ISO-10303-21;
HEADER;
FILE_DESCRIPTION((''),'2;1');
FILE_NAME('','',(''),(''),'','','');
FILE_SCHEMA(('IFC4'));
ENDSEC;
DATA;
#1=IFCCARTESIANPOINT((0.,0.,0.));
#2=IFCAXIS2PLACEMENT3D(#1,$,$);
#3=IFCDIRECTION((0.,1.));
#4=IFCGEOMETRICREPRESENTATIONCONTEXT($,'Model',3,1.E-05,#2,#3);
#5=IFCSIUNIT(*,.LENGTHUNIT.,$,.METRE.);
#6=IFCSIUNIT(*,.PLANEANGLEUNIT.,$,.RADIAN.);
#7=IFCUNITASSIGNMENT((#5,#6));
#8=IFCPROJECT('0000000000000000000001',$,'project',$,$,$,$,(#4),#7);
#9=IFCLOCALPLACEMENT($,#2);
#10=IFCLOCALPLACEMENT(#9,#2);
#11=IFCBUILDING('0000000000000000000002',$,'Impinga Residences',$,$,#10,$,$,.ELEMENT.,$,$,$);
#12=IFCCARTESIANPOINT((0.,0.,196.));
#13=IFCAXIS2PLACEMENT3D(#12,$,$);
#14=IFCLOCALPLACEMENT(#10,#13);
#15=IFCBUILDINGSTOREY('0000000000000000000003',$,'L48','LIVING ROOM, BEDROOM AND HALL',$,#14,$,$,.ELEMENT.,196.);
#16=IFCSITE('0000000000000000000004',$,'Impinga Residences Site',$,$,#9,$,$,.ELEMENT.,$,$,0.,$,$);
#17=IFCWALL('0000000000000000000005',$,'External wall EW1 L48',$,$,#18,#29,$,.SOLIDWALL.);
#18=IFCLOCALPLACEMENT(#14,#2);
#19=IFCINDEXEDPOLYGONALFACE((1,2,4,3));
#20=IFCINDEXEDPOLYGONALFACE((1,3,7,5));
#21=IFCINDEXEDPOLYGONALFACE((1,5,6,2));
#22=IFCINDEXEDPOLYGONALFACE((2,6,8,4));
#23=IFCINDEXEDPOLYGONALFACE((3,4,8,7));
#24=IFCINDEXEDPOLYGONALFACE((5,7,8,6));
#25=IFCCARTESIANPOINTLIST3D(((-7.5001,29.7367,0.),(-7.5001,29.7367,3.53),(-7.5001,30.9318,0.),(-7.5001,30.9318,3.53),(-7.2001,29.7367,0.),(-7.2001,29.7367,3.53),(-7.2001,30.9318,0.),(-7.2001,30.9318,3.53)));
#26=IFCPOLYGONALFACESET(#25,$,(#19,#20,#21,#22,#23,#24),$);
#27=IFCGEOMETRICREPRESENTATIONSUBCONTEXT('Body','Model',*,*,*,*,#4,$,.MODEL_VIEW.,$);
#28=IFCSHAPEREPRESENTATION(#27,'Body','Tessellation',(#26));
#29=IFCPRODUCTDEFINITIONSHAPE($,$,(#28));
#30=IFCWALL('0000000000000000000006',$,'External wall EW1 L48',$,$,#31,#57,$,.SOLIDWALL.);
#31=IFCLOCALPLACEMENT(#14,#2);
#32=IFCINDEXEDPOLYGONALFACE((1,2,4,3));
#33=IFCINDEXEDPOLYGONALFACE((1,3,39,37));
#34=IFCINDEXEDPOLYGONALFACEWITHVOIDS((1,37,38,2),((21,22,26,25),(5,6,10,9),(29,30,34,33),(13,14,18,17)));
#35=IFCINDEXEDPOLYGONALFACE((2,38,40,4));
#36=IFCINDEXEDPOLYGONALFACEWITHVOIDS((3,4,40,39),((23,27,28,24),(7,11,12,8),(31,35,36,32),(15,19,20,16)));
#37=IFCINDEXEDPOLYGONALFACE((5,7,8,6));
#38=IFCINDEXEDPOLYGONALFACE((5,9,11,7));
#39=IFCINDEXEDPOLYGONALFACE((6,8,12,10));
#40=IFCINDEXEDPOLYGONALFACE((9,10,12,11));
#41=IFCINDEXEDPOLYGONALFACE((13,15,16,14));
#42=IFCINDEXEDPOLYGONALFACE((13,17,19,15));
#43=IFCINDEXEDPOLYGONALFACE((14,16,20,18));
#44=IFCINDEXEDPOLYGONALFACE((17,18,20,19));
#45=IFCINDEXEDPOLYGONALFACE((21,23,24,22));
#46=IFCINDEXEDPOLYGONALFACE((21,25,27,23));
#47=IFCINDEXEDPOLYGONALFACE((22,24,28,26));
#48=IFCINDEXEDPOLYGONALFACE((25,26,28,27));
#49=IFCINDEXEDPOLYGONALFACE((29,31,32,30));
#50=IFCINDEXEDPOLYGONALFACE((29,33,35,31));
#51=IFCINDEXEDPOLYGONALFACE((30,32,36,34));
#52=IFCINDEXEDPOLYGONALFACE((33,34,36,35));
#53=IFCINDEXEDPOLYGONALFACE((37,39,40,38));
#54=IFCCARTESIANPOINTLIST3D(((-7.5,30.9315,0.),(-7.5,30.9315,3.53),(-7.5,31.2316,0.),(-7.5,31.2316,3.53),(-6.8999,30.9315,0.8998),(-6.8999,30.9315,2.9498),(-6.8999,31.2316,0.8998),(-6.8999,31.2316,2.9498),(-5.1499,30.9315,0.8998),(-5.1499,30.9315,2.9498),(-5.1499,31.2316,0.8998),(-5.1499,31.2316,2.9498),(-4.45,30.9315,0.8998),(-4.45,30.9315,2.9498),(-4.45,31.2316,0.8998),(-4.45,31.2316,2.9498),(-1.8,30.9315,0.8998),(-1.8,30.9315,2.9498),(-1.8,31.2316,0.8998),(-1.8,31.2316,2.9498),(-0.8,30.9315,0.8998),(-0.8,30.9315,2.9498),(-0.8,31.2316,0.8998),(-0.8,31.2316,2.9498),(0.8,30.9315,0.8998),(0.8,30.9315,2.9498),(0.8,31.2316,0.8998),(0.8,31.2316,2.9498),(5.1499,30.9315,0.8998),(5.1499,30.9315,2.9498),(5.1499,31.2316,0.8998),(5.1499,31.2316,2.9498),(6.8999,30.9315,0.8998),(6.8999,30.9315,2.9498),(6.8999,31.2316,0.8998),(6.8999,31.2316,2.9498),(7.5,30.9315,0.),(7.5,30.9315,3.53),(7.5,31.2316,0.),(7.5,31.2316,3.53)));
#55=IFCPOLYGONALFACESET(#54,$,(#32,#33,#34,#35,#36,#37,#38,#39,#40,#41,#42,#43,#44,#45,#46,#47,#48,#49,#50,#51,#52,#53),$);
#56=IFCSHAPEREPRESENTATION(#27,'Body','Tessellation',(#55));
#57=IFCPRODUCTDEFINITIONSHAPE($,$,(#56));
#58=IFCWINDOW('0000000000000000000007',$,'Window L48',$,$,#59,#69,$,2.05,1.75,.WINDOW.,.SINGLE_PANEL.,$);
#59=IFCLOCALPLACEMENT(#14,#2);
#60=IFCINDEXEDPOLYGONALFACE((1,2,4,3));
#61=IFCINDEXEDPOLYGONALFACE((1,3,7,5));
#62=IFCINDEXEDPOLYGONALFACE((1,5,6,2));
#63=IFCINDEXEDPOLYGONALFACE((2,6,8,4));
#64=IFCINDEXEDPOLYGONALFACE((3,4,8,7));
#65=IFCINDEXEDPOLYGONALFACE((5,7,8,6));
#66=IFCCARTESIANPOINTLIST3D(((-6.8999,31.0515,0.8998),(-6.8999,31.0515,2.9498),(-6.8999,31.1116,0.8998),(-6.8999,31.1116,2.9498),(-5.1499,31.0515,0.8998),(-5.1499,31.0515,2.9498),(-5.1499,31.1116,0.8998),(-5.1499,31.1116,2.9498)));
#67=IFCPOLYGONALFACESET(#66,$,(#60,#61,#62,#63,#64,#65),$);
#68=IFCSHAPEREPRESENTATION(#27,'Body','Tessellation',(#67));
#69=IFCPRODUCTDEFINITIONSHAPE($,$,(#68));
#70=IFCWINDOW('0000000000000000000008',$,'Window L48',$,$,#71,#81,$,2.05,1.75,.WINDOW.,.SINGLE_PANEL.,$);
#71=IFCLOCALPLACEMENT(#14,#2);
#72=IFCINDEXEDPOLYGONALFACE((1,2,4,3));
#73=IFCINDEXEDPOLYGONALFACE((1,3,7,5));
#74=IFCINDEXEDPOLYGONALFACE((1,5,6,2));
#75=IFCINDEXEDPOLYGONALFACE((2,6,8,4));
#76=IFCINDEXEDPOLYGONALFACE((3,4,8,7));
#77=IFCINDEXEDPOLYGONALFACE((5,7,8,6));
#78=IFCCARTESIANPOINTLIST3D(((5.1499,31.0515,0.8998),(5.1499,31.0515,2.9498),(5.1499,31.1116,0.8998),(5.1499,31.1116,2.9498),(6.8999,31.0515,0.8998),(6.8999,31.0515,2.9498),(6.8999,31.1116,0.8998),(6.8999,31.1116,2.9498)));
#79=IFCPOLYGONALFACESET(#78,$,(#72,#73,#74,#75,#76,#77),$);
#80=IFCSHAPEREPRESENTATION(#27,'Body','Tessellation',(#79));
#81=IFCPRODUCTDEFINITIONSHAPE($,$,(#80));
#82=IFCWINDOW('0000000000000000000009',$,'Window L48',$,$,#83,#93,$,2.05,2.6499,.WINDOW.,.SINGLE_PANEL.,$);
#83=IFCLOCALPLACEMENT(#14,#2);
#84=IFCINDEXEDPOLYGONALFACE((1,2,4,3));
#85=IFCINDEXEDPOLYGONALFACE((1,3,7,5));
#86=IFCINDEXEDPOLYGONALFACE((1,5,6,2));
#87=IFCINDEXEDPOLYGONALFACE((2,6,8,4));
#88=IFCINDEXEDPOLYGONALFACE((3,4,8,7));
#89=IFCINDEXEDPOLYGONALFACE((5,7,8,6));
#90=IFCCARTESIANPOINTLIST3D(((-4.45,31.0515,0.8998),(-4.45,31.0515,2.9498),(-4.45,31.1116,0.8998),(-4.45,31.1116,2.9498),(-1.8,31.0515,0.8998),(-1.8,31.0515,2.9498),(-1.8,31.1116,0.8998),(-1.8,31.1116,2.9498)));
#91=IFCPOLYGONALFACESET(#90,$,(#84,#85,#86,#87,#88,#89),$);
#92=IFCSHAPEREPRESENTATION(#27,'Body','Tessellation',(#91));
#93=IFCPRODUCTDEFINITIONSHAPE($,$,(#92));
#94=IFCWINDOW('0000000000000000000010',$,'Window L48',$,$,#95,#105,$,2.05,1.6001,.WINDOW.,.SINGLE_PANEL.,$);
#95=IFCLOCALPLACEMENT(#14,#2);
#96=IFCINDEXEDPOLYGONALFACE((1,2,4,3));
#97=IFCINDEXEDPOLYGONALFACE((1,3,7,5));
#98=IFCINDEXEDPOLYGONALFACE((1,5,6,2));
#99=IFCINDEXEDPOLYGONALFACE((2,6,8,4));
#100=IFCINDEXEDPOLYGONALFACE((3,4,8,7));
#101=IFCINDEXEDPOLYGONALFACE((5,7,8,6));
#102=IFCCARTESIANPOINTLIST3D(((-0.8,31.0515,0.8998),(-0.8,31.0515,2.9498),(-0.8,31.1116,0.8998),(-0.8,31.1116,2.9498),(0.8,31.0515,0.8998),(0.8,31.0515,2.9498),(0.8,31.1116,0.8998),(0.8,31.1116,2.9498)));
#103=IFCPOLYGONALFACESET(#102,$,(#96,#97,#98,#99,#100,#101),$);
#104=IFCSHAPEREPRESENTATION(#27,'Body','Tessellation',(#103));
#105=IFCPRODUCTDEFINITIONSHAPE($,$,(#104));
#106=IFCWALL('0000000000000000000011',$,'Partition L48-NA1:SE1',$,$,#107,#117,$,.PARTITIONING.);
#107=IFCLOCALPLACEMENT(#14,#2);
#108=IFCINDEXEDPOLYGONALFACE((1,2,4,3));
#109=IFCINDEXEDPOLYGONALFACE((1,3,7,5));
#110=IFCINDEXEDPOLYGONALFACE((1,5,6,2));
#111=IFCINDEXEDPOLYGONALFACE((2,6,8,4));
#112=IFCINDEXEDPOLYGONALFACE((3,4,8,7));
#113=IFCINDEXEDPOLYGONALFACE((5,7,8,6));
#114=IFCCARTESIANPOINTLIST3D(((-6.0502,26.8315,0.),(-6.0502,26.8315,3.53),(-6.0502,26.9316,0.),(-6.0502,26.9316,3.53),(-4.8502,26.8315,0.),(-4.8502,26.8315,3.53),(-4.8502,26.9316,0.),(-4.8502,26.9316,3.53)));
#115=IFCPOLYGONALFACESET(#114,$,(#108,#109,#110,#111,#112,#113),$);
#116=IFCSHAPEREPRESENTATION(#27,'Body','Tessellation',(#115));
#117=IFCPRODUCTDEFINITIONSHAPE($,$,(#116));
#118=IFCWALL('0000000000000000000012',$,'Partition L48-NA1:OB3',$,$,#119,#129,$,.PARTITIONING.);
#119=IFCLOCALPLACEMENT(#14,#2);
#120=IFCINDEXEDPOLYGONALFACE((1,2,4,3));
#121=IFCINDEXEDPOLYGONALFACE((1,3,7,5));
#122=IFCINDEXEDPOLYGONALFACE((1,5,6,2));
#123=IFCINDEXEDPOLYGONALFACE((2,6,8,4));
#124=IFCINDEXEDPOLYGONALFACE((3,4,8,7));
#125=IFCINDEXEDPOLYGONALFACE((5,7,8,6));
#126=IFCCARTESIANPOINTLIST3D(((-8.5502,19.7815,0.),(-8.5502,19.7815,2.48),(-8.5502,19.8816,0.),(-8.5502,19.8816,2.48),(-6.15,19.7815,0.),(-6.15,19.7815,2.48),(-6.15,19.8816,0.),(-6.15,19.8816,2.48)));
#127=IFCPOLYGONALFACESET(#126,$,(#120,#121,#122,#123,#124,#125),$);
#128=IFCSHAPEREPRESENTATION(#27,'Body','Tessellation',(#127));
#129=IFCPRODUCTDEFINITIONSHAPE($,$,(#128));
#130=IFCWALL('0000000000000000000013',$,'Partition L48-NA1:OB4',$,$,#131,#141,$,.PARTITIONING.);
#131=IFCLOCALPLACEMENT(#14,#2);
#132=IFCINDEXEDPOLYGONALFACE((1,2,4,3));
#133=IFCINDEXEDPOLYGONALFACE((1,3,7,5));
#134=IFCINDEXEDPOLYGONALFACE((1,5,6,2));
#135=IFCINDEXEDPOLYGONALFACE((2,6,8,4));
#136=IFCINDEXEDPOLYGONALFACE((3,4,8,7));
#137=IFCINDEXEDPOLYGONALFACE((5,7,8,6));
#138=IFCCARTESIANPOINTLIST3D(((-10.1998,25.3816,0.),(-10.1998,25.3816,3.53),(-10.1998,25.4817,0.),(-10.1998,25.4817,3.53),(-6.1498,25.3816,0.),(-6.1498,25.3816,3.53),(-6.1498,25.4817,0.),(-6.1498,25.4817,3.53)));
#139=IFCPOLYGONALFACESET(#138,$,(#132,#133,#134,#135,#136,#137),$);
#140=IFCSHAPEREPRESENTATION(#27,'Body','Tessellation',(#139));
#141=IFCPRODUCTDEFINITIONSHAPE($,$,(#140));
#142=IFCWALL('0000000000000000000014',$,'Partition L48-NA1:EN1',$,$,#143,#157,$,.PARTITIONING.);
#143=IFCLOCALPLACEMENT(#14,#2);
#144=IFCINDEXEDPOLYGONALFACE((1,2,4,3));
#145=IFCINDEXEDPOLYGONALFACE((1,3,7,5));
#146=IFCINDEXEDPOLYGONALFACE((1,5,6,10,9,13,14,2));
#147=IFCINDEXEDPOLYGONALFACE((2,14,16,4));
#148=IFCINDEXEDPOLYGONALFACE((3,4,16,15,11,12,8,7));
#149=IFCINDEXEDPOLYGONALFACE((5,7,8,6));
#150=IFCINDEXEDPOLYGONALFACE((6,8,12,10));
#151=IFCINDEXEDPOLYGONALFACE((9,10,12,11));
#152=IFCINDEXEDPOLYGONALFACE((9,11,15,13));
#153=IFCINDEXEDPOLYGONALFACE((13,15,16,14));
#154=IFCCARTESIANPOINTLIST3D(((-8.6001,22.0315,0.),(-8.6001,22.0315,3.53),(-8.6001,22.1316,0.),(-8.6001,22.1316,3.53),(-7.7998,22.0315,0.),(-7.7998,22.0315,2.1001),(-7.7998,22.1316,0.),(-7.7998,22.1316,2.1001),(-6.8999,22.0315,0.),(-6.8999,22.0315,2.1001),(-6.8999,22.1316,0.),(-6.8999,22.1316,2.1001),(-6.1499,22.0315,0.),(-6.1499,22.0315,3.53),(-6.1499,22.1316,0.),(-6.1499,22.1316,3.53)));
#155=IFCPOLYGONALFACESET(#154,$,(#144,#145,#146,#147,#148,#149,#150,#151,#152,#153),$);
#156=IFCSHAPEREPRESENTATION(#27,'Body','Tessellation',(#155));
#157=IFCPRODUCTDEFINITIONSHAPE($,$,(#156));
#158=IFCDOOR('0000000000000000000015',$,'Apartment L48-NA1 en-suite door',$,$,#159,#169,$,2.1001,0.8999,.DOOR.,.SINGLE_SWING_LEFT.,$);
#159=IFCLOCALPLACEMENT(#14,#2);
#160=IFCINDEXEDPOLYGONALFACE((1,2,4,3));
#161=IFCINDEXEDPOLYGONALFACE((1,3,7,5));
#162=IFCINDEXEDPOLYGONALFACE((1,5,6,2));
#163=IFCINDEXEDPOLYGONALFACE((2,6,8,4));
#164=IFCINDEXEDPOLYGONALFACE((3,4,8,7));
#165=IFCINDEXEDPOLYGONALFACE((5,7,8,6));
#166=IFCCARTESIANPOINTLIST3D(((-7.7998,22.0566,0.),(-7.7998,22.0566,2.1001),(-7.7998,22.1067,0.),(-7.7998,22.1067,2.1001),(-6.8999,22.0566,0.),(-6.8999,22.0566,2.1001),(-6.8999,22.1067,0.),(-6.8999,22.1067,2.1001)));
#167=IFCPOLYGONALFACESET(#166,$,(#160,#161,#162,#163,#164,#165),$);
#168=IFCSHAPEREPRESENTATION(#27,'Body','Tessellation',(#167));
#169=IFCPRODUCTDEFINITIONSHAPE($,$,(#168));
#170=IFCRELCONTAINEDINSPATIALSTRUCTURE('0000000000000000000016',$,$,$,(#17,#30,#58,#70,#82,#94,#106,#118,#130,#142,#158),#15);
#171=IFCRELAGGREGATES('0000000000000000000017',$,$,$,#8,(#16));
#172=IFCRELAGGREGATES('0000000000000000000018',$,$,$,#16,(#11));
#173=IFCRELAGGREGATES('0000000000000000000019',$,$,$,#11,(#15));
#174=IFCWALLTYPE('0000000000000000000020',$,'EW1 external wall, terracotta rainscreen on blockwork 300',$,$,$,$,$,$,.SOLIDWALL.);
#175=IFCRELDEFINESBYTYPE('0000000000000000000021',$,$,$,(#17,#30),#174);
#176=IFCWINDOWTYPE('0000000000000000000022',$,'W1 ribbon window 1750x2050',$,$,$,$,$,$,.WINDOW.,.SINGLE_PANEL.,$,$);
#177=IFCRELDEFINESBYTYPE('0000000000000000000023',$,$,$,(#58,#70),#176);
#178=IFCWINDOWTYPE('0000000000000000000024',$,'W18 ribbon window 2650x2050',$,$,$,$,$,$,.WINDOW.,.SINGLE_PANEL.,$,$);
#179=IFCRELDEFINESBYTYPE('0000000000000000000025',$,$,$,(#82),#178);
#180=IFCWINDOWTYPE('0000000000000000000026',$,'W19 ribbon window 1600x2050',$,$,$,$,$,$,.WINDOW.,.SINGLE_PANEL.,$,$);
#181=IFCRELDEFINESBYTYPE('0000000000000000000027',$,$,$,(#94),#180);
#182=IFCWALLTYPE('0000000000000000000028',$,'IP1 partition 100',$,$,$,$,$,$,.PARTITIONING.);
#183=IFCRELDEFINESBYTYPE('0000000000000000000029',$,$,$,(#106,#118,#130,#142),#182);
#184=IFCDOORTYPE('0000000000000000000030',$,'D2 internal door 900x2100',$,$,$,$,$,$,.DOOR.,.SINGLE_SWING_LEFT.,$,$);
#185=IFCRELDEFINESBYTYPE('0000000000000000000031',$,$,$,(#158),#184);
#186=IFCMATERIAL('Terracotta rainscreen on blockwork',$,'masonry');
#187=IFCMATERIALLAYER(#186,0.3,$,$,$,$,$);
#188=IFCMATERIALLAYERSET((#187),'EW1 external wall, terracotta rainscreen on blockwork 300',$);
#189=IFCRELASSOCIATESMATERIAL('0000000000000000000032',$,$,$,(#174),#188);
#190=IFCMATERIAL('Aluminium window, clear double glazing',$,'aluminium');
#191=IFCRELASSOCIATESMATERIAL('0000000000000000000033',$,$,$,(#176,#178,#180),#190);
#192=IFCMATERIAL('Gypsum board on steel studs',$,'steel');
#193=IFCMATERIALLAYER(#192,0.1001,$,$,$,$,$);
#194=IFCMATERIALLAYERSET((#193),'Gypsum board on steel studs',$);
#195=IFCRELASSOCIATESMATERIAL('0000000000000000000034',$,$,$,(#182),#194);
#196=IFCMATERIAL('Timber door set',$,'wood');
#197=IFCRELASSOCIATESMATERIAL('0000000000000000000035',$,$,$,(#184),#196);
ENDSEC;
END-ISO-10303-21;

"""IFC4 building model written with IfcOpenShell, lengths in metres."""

from ifc_helpers import new_model, si_unit, direction, frame, frame_2d, origin, place, context, subcontext, project, spatial, rectangle, extrude, material, layer, layer_set, type_object, element, fill, save


model = new_model("IFC4")

# Units and contexts
model_context = context("Model", 3, precision=1e-05, world=origin(), true_north=direction((0.0, 1.0)))
body_context = subcontext(model_context, "Body", "Model", "MODEL_VIEW")
ifc_project = project(units=[si_unit("LENGTHUNIT", "METRE"), si_unit("PLANEANGLEUNIT", "RADIAN")], contexts=[model_context])

# Site, building, storey
site_placement = place(None, origin())
site = spatial("IfcSite", under=ifc_project, at=site_placement, Name="Impinga Residences Site", CompositionType="ELEMENT", RefElevation=0.0)
building_placement = place(site_placement, origin())
building = spatial("IfcBuilding", under=site, at=building_placement, Name="Impinga Residences", CompositionType="ELEMENT")
storey_placement = place(building_placement, frame((0.0, 0.0, 196.0)))
storey = spatial("IfcBuildingStorey", under=building, at=storey_placement, Name="L48", Description="LIVING ROOM, BEDROOM AND HALL", CompositionType="ELEMENT", Elevation=196.0)

# Shared definitions
ifc_material_1 = material(Name="Timber door set", Category="wood")

# Wall
ifc_material_2 = material(Name="Terracotta rainscreen on blockwork", Category="masonry")
ifc_layer_1 = layer(ifc_material_2, 0.3)
ifc_layer_set_1 = layer_set([ifc_layer_1], Name="EW1 external wall, terracotta rainscreen on blockwork 300")
wall_type_1 = type_object("IfcWallType", Name="EW1 external wall, terracotta rainscreen on blockwork 300", PredefinedType="SOLIDWALL", material=ifc_layer_set_1)
wall_1_placement = place(storey_placement, frame((-7.3501, 29.7366, 0.0), z_axis=(0.0, 0.0, 1.0), x_axis=(0.0, 1.0, 0.0)))
element("IfcWall", 1, at=wall_1_placement, inside=storey, type_object=wall_type_1, Name="External wall EW1 L48", PredefinedType="SOLIDWALL", context=body_context, shape_type="SweptSolid", body=[
    extrude(rectangle(XDim=1.1951, YDim=0.3, at=frame_2d((0.5977, 0.0))), origin(), (0.0, 0.0, 1.0), 3.53),
])

# Wall, openings, windows
wall_2_placement = place(storey_placement, frame((-7.5, 31.0815, 0.0), z_axis=(0.0, 0.0, 1.0), x_axis=(1.0, 0.0, 0.0)))
wall_2 = element("IfcWall", 2, at=wall_2_placement, inside=storey, type_object=wall_type_1, Name="External wall EW1 L48", PredefinedType="SOLIDWALL", context=body_context, shape_type="SweptSolid", body=[
    extrude(rectangle(XDim=15.0, YDim=0.3, at=frame_2d((7.5, 0.0))), origin(), (0.0, 0.0, 1.0), 3.53),
])
opening_1_placement = place(wall_2_placement, frame((0.6001, 0.0, 0.8999)))
opening_1 = element("IfcOpeningElement", 3, at=opening_1_placement, cuts=wall_2, PredefinedType="OPENING", context=body_context, shape_type="SweptSolid", body=[
    extrude(rectangle(XDim=1.75, YDim=2.05, at=frame_2d((0.875, 1.0249))), frame((0.0, 0.1599, 0.0), z_axis=(0.0, -1.0, 0.0), x_axis=(1.0, 0.0, 0.0)), (0.0, 0.0, 1.0), 0.3201),
])
opening_2_placement = place(wall_2_placement, frame((3.05, 0.0, 0.8999)))
opening_2 = element("IfcOpeningElement", 4, at=opening_2_placement, cuts=wall_2, PredefinedType="OPENING", context=body_context, shape_type="SweptSolid", body=[
    extrude(rectangle(XDim=2.6499, YDim=2.05, at=frame_2d((1.325, 1.0249))), frame((0.0, 0.1599, 0.0), z_axis=(0.0, -1.0, 0.0), x_axis=(1.0, 0.0, 0.0)), (0.0, 0.0, 1.0), 0.3201),
])
opening_3_placement = place(wall_2_placement, frame((6.7, 0.0, 0.8999)))
opening_3 = element("IfcOpeningElement", 5, at=opening_3_placement, cuts=wall_2, PredefinedType="OPENING", context=body_context, shape_type="SweptSolid", body=[
    extrude(rectangle(XDim=1.6001, YDim=2.05, at=frame_2d((0.8, 1.0249))), frame((0.0, 0.1599, 0.0), z_axis=(0.0, -1.0, 0.0), x_axis=(1.0, 0.0, 0.0)), (0.0, 0.0, 1.0), 0.3201),
])
opening_4_placement = place(wall_2_placement, frame((12.6499, 0.0, 0.8999)))
opening_4 = element("IfcOpeningElement", 6, at=opening_4_placement, cuts=wall_2, PredefinedType="OPENING", context=body_context, shape_type="SweptSolid", body=[
    extrude(rectangle(XDim=1.75, YDim=2.05, at=frame_2d((0.875, 1.0249))), frame((0.0, 0.1599, 0.0), z_axis=(0.0, -1.0, 0.0), x_axis=(1.0, 0.0, 0.0)), (0.0, 0.0, 1.0), 0.3201),
])
ifc_material_3 = material(Name="Aluminium window, clear double glazing", Category="aluminium")
window_type_1 = type_object("IfcWindowType", Name="W1 ribbon window 1750x2050", PartitioningType="SINGLE_PANEL", PredefinedType="WINDOW", material=ifc_material_3)
window_1_placement = place(opening_1_placement, origin())
window_1 = element("IfcWindow", 7, at=window_1_placement, inside=storey, type_object=window_type_1, Name="Window L48", OverallHeight=2.05, OverallWidth=1.75, PartitioningType="SINGLE_PANEL", PredefinedType="WINDOW", context=body_context, shape_type="SweptSolid", body=[
    extrude(rectangle(XDim=1.75, YDim=2.05, at=frame_2d((0.875, 1.0249))), frame((0.0, 0.03, 0.0), z_axis=(0.0, -1.0, 0.0), x_axis=(1.0, 0.0, 0.0)), (0.0, 0.0, 1.0), 0.0601),
])
fill(opening_1, window_1)
window_2_placement = place(opening_4_placement, origin())
window_2 = element("IfcWindow", 8, at=window_2_placement, inside=storey, type_object=window_type_1, Name="Window L48", OverallHeight=2.05, OverallWidth=1.75, PartitioningType="SINGLE_PANEL", PredefinedType="WINDOW", context=body_context, shape_type="SweptSolid", body=[
    extrude(rectangle(XDim=1.75, YDim=2.05, at=frame_2d((0.875, 1.0249))), frame((0.0, 0.03, 0.0), z_axis=(0.0, -1.0, 0.0), x_axis=(1.0, 0.0, 0.0)), (0.0, 0.0, 1.0), 0.0601),
])
fill(opening_4, window_2)
window_type_2 = type_object("IfcWindowType", Name="W18 ribbon window 2650x2050", PartitioningType="SINGLE_PANEL", PredefinedType="WINDOW", material=ifc_material_3)
window_3_placement = place(opening_2_placement, origin())
window_3 = element("IfcWindow", 9, at=window_3_placement, inside=storey, type_object=window_type_2, Name="Window L48", OverallHeight=2.05, OverallWidth=2.6499, PartitioningType="SINGLE_PANEL", PredefinedType="WINDOW", context=body_context, shape_type="SweptSolid", body=[
    extrude(rectangle(XDim=2.6499, YDim=2.05, at=frame_2d((1.325, 1.0249))), frame((0.0, 0.03, 0.0), z_axis=(0.0, -1.0, 0.0), x_axis=(1.0, 0.0, 0.0)), (0.0, 0.0, 1.0), 0.0601),
])
fill(opening_2, window_3)
window_type_3 = type_object("IfcWindowType", Name="W19 ribbon window 1600x2050", PartitioningType="SINGLE_PANEL", PredefinedType="WINDOW", material=ifc_material_3)
window_4_placement = place(opening_3_placement, origin())
window_4 = element("IfcWindow", 10, at=window_4_placement, inside=storey, type_object=window_type_3, Name="Window L48", OverallHeight=2.05, OverallWidth=1.6001, PartitioningType="SINGLE_PANEL", PredefinedType="WINDOW", context=body_context, shape_type="SweptSolid", body=[
    extrude(rectangle(XDim=1.6001, YDim=2.05, at=frame_2d((0.8, 1.0249))), frame((0.0, 0.03, 0.0), z_axis=(0.0, -1.0, 0.0), x_axis=(1.0, 0.0, 0.0)), (0.0, 0.0, 1.0), 0.0601),
])
fill(opening_3, window_4)

# Walls
ifc_material_4 = material(Name="Gypsum board on steel studs", Category="steel")
ifc_layer_2 = layer(ifc_material_4, 0.1001)
ifc_layer_set_2 = layer_set([ifc_layer_2], Name="Gypsum board on steel studs")
wall_type_2 = type_object("IfcWallType", Name="IP1 partition 100", PredefinedType="PARTITIONING", material=ifc_layer_set_2)
wall_3_placement = place(storey_placement, frame((-4.8501, 26.8816, 0.0), z_axis=(0.0, 0.0, 1.0), x_axis=(-1.0, 0.0, 0.0)))
element("IfcWall", 11, at=wall_3_placement, inside=storey, type_object=wall_type_2, Name="Partition L48-NA1:SE1", PredefinedType="PARTITIONING", context=body_context, shape_type="SweptSolid", body=[
    extrude(rectangle(XDim=1.2, YDim=0.1001, at=frame_2d((0.6001, 0.0))), origin(), (0.0, 0.0, 1.0), 3.53),
])
wall_4_placement = place(storey_placement, frame((-6.1499, 19.8315, 0.0), z_axis=(0.0, 0.0, 1.0), x_axis=(-1.0, 0.0, 0.0)))
element("IfcWall", 12, at=wall_4_placement, inside=storey, type_object=wall_type_2, Name="Partition L48-NA1:OB3", PredefinedType="PARTITIONING", context=body_context, shape_type="SweptSolid", body=[
    extrude(rectangle(XDim=2.4001, YDim=0.1001, at=frame_2d((1.2002, 0.0))), origin(), (0.0, 0.0, 1.0), 2.48),
])
wall_5_placement = place(storey_placement, frame((-6.1499, 25.4316, 0.0), z_axis=(0.0, 0.0, 1.0), x_axis=(-1.0, 0.0, 0.0)))
element("IfcWall", 13, at=wall_5_placement, inside=storey, type_object=wall_type_2, Name="Partition L48-NA1:OB4", PredefinedType="PARTITIONING", context=body_context, shape_type="SweptSolid", body=[
    extrude(rectangle(XDim=4.05, YDim=0.1001, at=frame_2d((2.0249, 0.0))), origin(), (0.0, 0.0, 1.0), 3.53),
])

# Wall, opening, door
wall_6_placement = place(storey_placement, frame((-6.1499, 22.0815, 0.0), z_axis=(0.0, 0.0, 1.0), x_axis=(-1.0, 0.0, 0.0)))
wall_6 = element("IfcWall", 14, at=wall_6_placement, inside=storey, type_object=wall_type_2, Name="Partition L48-NA1:EN1", PredefinedType="PARTITIONING", context=body_context, shape_type="SweptSolid", body=[
    extrude(rectangle(XDim=2.4502, YDim=0.1001, at=frame_2d((1.2251, 0.0))), origin(), (0.0, 0.0, 1.0), 3.53),
])
opening_5_placement = place(wall_6_placement, frame((0.75, 0.0, 0.0)))
opening_5 = element("IfcOpeningElement", 15, at=opening_5_placement, cuts=wall_6, PredefinedType="OPENING", context=body_context, shape_type="SweptSolid", body=[
    extrude(rectangle(XDim=0.8999, YDim=2.1001, at=frame_2d((0.45, 1.05))), frame((0.0, 0.0601, 0.0), z_axis=(0.0, -1.0, 0.0), x_axis=(1.0, 0.0, 0.0)), (0.0, 0.0, 1.0), 0.1201),
])
door_type_1 = type_object("IfcDoorType", Name="D2 internal door 900x2100", OperationType="SINGLE_SWING_LEFT", PredefinedType="DOOR", material=ifc_material_1)
door_1_placement = place(opening_5_placement, origin())
door_1 = element("IfcDoor", 16, at=door_1_placement, inside=storey, type_object=door_type_1, Name="Apartment L48-NA1 en-suite door", OperationType="SINGLE_SWING_LEFT", OverallHeight=2.1001, OverallWidth=0.8999, PredefinedType="DOOR", context=body_context, shape_type="SweptSolid", body=[
    extrude(rectangle(XDim=0.8999, YDim=2.1001, at=frame_2d((0.45, 1.05))), frame((0.0, 0.0249, 0.0), z_axis=(0.0, -1.0, 0.0), x_axis=(1.0, 0.0, 0.0)), (0.0, 0.0, 1.0), 0.05),
])
fill(opening_5, door_1)

save(model, "model.ifc")
